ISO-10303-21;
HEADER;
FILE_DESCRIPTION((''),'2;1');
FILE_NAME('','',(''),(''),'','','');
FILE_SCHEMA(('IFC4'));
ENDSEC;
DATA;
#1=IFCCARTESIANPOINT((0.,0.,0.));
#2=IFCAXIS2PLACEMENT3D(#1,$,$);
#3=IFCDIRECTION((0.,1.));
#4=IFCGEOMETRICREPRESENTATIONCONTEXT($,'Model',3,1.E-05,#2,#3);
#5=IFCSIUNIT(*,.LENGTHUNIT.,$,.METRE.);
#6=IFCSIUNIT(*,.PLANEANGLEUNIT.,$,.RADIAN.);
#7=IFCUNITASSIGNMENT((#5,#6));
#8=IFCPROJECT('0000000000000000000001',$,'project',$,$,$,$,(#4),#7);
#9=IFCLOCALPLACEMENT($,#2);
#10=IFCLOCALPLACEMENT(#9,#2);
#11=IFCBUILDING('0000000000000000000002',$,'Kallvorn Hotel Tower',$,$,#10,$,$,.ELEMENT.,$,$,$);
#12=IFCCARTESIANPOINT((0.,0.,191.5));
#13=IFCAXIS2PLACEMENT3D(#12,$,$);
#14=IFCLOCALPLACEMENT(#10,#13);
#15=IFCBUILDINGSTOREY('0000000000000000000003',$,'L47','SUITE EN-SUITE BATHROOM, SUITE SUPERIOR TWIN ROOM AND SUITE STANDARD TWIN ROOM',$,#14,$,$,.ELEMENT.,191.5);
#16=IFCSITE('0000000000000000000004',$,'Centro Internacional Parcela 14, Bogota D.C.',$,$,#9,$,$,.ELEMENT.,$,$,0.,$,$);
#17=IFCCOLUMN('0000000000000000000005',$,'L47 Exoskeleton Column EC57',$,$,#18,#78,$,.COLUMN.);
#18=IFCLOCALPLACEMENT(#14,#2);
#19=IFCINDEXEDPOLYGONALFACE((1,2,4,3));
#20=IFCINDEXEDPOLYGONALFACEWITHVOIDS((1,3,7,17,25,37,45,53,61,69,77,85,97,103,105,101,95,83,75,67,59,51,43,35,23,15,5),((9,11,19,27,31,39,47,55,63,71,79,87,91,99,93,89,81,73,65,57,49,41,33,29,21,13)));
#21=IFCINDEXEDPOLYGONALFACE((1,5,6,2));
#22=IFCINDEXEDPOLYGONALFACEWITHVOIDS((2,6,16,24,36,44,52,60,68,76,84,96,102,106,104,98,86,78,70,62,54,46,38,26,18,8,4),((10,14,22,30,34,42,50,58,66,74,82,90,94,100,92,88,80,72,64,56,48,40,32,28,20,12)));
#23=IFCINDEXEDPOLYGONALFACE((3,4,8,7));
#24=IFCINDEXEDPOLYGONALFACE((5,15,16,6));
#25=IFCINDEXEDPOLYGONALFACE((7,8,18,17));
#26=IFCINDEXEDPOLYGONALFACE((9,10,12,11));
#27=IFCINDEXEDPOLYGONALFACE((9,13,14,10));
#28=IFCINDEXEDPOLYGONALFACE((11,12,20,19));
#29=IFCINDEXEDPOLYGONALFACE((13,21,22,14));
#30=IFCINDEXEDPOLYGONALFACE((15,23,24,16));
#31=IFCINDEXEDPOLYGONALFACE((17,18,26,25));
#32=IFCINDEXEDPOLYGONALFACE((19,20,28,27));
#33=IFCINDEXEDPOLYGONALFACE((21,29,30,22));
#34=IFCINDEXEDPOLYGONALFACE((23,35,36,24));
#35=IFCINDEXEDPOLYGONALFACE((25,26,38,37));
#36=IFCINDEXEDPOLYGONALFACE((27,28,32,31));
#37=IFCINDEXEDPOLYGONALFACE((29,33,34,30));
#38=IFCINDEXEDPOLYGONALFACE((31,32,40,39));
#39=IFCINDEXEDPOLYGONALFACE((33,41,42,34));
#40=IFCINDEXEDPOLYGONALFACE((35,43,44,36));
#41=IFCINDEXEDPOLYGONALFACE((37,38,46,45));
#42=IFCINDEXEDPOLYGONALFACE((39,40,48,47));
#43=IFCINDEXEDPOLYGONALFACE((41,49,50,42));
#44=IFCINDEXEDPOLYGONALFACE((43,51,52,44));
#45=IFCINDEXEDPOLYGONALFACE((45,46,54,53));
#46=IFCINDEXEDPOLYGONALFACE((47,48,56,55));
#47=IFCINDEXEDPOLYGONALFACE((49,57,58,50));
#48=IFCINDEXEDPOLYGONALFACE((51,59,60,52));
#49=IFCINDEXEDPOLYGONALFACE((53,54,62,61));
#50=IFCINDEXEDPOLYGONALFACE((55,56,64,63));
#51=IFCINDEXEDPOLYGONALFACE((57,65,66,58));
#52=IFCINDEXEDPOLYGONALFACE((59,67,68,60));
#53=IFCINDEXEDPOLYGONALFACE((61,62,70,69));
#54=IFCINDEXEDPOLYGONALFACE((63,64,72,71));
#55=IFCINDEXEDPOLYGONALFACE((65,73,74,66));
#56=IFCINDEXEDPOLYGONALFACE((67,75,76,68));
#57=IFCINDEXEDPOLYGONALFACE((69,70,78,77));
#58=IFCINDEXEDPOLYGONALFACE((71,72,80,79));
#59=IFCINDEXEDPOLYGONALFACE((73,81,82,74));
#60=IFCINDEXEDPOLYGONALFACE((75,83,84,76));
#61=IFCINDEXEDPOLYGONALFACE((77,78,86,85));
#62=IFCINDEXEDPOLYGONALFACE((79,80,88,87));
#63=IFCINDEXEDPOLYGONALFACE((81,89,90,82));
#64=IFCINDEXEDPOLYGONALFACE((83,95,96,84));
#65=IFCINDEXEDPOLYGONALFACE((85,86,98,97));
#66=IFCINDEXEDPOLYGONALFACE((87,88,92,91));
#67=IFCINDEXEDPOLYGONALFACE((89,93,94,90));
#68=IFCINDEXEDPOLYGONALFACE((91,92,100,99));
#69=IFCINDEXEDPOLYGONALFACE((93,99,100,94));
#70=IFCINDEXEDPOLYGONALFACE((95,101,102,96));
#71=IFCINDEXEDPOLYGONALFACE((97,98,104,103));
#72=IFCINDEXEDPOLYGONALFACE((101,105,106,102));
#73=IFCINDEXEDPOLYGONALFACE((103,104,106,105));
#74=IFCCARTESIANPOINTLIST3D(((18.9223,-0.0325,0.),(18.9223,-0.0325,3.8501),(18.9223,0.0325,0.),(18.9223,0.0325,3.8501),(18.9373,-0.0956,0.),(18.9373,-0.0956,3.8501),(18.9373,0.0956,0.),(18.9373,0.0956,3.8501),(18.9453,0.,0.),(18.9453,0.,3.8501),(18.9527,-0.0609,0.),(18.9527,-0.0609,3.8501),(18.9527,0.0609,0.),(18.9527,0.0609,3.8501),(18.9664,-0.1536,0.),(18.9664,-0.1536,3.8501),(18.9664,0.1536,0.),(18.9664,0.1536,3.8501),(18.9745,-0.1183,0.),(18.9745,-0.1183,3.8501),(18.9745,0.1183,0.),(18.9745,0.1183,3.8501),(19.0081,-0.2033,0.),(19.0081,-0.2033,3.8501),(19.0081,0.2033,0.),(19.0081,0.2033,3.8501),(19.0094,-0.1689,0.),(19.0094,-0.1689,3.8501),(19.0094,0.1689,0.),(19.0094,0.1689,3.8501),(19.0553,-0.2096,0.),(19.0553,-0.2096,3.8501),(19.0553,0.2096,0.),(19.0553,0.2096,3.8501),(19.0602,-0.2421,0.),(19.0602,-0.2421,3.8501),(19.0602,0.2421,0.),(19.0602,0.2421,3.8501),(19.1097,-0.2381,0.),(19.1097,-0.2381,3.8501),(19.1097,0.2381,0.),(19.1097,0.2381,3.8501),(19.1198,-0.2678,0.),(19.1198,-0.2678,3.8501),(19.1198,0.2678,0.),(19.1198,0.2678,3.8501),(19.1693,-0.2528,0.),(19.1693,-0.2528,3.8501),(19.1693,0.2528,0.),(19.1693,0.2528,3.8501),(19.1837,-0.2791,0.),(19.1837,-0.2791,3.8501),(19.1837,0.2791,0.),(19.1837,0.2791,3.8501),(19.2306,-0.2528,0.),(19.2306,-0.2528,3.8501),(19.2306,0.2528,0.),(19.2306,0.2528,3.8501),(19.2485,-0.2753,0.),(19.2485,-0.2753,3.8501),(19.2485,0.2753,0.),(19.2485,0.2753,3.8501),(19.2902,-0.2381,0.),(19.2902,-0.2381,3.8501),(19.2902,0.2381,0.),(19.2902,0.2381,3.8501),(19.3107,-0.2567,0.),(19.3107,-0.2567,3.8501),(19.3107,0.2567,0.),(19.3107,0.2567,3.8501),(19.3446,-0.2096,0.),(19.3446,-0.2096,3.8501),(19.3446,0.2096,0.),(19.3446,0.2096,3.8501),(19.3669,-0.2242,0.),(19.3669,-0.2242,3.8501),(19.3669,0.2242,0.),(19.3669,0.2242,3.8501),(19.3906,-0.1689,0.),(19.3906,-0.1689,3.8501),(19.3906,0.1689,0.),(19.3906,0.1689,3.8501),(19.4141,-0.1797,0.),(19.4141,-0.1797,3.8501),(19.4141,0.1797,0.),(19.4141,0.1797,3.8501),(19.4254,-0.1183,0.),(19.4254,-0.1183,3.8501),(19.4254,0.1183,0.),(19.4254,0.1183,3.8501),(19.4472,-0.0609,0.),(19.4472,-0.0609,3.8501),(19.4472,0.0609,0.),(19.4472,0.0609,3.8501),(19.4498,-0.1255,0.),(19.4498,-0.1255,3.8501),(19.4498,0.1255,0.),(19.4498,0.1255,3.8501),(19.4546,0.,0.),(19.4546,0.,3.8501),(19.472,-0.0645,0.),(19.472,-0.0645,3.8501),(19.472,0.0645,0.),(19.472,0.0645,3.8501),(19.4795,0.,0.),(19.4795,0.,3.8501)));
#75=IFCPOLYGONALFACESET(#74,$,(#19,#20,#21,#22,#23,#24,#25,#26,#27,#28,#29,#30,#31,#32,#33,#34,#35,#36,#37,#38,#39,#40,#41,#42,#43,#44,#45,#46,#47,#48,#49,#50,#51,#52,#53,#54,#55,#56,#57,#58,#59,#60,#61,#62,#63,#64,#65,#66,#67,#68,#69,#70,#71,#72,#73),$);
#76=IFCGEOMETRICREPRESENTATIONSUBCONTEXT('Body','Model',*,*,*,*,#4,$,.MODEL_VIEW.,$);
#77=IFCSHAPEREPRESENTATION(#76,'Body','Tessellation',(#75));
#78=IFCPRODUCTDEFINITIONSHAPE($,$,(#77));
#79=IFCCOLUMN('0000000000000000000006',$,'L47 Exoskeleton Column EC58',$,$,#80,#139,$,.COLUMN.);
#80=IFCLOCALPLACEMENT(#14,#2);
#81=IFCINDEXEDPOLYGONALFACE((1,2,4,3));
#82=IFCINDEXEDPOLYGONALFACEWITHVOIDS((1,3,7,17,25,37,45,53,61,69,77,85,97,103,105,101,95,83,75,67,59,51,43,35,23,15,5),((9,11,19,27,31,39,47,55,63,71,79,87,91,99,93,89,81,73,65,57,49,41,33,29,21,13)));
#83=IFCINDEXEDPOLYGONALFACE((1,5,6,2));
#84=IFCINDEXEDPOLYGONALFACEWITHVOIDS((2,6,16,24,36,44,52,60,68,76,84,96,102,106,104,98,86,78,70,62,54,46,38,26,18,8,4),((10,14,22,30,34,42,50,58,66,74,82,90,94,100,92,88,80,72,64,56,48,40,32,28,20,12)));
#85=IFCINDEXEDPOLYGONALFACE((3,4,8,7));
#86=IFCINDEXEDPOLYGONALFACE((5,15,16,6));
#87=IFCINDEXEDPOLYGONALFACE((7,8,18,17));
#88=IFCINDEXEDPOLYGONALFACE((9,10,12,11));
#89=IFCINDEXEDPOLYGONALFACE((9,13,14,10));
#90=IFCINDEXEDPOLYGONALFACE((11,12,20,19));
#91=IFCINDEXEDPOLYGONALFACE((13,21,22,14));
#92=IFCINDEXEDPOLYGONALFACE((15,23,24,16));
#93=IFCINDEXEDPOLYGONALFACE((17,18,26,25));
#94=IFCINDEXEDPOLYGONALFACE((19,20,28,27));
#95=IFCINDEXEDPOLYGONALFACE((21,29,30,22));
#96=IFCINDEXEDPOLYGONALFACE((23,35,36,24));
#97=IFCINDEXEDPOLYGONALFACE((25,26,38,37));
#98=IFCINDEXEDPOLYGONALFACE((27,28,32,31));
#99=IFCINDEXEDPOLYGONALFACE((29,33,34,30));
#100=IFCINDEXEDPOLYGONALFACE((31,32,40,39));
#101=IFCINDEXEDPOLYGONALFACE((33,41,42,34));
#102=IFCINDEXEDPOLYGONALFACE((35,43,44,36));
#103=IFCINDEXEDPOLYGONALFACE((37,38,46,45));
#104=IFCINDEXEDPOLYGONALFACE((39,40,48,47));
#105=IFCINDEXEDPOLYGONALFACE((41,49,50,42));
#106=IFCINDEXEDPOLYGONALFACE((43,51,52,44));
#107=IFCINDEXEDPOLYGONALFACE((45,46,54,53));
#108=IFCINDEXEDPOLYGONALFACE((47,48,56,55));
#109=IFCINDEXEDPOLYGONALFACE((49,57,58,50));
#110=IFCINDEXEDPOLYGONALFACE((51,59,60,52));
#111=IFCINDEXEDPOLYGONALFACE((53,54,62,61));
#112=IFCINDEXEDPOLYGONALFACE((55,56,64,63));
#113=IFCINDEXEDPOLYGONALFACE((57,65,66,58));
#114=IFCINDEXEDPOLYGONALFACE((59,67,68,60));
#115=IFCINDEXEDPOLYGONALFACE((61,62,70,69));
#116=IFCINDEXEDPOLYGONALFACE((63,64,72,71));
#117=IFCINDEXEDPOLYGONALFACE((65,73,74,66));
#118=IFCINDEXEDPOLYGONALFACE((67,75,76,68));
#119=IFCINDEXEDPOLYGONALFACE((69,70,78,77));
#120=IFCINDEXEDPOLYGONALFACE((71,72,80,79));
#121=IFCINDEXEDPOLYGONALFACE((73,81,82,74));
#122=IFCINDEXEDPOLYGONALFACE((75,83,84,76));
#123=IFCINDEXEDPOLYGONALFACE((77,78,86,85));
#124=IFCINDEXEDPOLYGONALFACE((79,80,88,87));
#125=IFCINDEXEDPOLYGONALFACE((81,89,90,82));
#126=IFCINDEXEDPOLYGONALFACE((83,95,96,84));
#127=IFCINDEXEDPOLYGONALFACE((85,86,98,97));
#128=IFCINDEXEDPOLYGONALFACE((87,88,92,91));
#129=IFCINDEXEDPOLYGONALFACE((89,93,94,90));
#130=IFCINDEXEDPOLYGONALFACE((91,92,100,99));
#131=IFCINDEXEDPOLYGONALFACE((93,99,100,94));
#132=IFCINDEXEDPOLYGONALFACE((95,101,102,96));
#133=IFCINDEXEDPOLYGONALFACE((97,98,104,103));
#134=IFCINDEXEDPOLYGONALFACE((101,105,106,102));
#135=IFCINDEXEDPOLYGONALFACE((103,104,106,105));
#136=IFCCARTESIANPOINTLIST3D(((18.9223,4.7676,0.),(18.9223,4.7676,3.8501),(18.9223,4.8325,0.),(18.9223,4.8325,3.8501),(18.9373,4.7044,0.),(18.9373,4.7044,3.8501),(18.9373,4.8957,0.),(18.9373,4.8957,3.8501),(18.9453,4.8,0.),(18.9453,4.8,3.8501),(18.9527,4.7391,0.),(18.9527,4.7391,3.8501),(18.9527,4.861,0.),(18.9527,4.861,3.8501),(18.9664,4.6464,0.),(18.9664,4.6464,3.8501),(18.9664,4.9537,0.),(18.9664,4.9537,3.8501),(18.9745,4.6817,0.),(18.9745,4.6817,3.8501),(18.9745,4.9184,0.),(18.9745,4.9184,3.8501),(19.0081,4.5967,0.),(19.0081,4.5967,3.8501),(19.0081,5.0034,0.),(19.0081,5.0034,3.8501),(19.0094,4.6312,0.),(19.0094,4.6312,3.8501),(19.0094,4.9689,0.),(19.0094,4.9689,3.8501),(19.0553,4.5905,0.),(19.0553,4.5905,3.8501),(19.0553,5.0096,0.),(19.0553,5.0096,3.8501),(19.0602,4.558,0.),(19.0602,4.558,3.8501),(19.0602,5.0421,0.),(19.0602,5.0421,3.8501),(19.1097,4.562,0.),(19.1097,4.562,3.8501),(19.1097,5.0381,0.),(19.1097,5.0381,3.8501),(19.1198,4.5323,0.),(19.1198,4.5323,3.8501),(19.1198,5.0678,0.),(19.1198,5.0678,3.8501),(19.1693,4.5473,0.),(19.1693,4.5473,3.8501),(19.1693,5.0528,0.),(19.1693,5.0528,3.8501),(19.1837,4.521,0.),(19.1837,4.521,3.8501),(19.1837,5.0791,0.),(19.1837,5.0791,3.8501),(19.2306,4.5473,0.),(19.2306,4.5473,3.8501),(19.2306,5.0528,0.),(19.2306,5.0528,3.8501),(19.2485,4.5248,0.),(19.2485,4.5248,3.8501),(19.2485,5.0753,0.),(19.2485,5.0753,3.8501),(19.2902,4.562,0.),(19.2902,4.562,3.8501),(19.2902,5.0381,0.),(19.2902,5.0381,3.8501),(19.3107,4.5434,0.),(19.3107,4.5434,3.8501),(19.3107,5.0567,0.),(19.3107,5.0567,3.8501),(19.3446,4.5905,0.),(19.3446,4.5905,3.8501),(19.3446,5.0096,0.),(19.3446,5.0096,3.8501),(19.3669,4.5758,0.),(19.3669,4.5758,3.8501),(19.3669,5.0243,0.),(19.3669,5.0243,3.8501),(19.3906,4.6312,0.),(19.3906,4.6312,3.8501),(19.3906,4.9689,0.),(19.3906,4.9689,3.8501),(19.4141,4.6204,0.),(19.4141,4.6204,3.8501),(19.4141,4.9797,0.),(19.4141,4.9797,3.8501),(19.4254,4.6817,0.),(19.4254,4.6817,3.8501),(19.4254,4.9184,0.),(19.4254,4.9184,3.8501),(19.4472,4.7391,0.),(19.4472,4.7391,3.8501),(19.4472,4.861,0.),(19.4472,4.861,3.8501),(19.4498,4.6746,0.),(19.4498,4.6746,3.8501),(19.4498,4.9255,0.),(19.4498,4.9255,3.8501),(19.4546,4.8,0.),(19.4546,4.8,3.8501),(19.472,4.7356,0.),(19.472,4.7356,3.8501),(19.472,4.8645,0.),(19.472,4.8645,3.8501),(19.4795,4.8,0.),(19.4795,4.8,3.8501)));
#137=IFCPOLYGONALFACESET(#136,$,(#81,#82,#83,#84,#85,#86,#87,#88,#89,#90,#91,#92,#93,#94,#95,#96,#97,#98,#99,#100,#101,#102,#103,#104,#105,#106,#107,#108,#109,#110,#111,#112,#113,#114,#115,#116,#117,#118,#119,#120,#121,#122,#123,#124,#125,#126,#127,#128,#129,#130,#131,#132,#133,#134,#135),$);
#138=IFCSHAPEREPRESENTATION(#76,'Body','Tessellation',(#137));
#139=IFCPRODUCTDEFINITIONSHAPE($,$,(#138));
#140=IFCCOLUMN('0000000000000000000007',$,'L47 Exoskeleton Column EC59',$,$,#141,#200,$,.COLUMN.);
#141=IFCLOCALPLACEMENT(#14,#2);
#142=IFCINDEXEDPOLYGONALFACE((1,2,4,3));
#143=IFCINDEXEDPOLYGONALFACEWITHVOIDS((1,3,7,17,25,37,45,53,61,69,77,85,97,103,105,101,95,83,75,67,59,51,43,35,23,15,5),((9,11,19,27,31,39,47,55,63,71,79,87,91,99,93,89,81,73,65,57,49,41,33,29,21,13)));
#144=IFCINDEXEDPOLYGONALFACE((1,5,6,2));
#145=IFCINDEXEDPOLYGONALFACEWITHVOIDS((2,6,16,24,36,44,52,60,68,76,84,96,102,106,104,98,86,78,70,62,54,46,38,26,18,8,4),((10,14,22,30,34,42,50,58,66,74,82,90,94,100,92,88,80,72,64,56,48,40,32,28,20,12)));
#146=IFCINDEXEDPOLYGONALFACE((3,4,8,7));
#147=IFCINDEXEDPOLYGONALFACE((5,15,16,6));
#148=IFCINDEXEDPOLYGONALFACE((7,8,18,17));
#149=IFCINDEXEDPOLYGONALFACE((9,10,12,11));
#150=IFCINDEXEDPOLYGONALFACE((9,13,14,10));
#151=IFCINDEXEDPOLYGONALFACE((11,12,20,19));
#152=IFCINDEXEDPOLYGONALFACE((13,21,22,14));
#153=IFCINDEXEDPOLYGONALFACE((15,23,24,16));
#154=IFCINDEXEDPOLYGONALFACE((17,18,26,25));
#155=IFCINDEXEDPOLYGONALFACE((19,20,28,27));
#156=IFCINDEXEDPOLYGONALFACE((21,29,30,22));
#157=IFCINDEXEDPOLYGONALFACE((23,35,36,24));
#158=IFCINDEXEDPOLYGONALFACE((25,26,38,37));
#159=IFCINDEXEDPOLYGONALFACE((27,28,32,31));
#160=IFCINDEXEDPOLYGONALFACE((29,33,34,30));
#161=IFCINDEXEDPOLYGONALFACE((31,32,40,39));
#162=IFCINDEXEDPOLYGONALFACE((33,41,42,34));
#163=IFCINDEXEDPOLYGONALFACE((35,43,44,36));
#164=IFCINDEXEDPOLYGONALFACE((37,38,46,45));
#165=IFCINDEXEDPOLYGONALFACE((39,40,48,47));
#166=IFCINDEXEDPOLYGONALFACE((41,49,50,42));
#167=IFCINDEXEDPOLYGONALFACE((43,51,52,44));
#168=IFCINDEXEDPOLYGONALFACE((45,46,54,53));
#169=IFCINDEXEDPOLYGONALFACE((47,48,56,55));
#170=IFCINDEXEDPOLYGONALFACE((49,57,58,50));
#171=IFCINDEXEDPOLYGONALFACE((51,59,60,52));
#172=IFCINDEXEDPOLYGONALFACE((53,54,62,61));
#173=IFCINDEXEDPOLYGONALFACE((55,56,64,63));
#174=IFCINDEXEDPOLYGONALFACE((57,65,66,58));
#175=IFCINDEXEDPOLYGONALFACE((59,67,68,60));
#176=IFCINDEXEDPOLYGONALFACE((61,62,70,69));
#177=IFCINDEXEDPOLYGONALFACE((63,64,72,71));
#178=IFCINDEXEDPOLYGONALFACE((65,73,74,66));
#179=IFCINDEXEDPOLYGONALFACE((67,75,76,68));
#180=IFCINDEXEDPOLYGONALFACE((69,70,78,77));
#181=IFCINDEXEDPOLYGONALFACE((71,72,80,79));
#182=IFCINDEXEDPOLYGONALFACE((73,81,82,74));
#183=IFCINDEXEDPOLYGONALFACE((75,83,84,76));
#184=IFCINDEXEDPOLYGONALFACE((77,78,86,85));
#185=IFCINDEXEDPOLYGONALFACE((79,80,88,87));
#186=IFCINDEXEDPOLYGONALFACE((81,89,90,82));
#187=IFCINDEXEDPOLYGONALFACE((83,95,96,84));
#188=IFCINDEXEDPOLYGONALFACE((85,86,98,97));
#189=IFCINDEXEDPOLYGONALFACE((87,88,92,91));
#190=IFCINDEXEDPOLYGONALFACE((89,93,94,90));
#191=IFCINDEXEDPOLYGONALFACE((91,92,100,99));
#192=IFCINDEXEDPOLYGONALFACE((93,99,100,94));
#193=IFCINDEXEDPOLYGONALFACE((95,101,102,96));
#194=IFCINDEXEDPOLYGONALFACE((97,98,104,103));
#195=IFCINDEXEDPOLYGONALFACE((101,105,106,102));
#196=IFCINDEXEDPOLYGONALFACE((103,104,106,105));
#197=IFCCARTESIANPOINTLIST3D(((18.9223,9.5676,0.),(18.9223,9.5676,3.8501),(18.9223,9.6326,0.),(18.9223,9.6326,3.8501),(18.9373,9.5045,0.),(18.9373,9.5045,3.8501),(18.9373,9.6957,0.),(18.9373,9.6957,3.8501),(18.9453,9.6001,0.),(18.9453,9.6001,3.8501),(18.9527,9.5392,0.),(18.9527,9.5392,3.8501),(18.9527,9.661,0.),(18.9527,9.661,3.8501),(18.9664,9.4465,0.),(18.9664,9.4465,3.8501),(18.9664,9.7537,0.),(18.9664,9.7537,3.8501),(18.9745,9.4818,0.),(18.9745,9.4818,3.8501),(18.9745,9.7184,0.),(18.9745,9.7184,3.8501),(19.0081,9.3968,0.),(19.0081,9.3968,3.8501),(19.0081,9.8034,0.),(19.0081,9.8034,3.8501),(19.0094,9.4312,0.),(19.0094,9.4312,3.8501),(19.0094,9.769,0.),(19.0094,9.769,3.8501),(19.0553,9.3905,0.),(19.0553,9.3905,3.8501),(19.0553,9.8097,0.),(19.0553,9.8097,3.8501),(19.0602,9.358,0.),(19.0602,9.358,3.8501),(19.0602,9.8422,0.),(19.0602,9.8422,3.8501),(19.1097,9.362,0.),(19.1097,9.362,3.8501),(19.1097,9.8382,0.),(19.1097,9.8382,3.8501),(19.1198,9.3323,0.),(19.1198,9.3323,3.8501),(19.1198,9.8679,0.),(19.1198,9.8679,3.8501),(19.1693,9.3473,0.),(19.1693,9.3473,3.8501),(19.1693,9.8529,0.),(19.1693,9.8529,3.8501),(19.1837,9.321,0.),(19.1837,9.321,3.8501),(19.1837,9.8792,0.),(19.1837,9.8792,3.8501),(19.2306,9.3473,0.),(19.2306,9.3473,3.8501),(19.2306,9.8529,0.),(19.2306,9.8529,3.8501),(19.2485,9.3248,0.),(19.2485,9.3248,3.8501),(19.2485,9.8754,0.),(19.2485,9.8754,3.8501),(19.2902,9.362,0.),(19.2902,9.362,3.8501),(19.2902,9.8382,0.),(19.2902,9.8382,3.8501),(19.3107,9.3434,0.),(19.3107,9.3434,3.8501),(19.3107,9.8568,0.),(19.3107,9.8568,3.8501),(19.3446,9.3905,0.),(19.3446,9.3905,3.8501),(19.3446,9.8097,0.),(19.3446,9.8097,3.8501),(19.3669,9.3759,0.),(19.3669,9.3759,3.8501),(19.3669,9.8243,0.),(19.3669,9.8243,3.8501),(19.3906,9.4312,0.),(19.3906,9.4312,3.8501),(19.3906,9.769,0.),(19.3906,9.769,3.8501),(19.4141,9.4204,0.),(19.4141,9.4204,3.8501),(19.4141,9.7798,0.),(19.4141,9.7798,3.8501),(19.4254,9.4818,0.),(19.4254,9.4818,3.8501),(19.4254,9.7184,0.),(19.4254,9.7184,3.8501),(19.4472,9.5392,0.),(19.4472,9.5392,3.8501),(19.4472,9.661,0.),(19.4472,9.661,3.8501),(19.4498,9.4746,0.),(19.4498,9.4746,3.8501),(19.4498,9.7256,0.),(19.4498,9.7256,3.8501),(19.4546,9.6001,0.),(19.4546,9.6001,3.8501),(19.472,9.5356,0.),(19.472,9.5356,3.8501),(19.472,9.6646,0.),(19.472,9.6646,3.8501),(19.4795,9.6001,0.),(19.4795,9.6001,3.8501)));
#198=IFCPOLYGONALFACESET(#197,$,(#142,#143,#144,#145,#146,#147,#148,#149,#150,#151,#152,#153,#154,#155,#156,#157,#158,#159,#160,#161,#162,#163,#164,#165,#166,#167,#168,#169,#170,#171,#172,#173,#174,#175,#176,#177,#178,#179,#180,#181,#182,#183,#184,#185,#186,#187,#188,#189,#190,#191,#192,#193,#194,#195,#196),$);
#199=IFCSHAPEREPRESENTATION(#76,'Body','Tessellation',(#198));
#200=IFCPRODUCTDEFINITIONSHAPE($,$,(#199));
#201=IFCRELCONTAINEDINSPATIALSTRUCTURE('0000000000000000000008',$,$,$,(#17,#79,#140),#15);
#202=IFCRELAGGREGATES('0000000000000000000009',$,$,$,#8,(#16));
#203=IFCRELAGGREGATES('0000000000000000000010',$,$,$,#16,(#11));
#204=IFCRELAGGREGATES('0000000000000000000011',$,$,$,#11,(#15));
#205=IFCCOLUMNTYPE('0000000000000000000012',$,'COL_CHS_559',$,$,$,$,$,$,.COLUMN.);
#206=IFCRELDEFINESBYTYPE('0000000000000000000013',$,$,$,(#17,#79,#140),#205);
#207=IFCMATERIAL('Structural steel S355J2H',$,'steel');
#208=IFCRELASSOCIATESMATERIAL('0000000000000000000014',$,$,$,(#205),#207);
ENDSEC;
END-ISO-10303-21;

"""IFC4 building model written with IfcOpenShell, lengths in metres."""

from ifc_helpers import new_model, si_unit, direction, frame, origin, origin_2d, place, context, subcontext, project, spatial, hollow_circle, extrude, material, material_profile, profile_set, type_object, element, save


model = new_model("IFC4")

# Units and contexts
model_context = context("Model", 3, precision=1e-05, world=origin(), true_north=direction((0.0, 1.0)))
body_context = subcontext(model_context, "Body", "Model", "MODEL_VIEW")
ifc_project = project(units=[si_unit("LENGTHUNIT", "METRE"), si_unit("PLANEANGLEUNIT", "RADIAN")], contexts=[model_context])

# Site, building, storey
site_placement = place(None, origin())
site = spatial("IfcSite", under=ifc_project, at=site_placement, Name="Centro Internacional Parcela 14, Bogota D.C.", CompositionType="ELEMENT", RefElevation=0.0)
building_placement = place(site_placement, origin())
building = spatial("IfcBuilding", under=site, at=building_placement, Name="Kallvorn Hotel Tower", CompositionType="ELEMENT")
storey_placement = place(building_placement, frame((0.0, 0.0, 191.5)))
storey = spatial("IfcBuildingStorey", under=building, at=storey_placement, Name="L47", Description="SUITE EN-SUITE BATHROOM, SUITE SUPERIOR TWIN ROOM AND SUITE STANDARD TWIN ROOM", CompositionType="ELEMENT", Elevation=191.5)

# Columns
ifc_material_1 = material(Name="Structural steel S355J2H", Category="steel")
ifc_material_profile_1 = material_profile(ifc_material_1, hollow_circle(Radius=0.2795, WallThickness=0.0249, at=origin_2d()), Name="CHS 559x25")
ifc_profile_set_1 = profile_set([ifc_material_profile_1], Name="Structural steel S355J2H")
column_type_1 = type_object("IfcColumnType", Name="COL_CHS_559", PredefinedType="COLUMN", material=ifc_profile_set_1)
for number, where, z_axis, x_axis, name in (
    (1, (19.2, 0.0, 0.0), (0.0, 0.0, 1.0), (1.0, 0.0, 0.0), "L47 Exoskeleton Column EC57"),
    (2, (19.2, 4.8, 0.0), (0.0, 0.0, 1.0), (1.0, 0.0, 0.0), "L47 Exoskeleton Column EC58"),
    (3, (19.2, 9.6001, 0.0), (0.0, 0.0, 1.0), (1.0, 0.0, 0.0), "L47 Exoskeleton Column EC59"),
):
    element("IfcColumn", number, at=place(storey_placement, frame(where, z_axis=z_axis, x_axis=x_axis)), inside=storey, type_object=column_type_1, Name=name, PredefinedType="COLUMN", context=body_context, shape_type="SweptSolid", body=[
        extrude(hollow_circle(Radius=0.2795, WallThickness=0.0249, at=origin_2d()), origin(), (0.0, 0.0, 1.0), 3.8501),
    ])

save(model, "model.ifc")
